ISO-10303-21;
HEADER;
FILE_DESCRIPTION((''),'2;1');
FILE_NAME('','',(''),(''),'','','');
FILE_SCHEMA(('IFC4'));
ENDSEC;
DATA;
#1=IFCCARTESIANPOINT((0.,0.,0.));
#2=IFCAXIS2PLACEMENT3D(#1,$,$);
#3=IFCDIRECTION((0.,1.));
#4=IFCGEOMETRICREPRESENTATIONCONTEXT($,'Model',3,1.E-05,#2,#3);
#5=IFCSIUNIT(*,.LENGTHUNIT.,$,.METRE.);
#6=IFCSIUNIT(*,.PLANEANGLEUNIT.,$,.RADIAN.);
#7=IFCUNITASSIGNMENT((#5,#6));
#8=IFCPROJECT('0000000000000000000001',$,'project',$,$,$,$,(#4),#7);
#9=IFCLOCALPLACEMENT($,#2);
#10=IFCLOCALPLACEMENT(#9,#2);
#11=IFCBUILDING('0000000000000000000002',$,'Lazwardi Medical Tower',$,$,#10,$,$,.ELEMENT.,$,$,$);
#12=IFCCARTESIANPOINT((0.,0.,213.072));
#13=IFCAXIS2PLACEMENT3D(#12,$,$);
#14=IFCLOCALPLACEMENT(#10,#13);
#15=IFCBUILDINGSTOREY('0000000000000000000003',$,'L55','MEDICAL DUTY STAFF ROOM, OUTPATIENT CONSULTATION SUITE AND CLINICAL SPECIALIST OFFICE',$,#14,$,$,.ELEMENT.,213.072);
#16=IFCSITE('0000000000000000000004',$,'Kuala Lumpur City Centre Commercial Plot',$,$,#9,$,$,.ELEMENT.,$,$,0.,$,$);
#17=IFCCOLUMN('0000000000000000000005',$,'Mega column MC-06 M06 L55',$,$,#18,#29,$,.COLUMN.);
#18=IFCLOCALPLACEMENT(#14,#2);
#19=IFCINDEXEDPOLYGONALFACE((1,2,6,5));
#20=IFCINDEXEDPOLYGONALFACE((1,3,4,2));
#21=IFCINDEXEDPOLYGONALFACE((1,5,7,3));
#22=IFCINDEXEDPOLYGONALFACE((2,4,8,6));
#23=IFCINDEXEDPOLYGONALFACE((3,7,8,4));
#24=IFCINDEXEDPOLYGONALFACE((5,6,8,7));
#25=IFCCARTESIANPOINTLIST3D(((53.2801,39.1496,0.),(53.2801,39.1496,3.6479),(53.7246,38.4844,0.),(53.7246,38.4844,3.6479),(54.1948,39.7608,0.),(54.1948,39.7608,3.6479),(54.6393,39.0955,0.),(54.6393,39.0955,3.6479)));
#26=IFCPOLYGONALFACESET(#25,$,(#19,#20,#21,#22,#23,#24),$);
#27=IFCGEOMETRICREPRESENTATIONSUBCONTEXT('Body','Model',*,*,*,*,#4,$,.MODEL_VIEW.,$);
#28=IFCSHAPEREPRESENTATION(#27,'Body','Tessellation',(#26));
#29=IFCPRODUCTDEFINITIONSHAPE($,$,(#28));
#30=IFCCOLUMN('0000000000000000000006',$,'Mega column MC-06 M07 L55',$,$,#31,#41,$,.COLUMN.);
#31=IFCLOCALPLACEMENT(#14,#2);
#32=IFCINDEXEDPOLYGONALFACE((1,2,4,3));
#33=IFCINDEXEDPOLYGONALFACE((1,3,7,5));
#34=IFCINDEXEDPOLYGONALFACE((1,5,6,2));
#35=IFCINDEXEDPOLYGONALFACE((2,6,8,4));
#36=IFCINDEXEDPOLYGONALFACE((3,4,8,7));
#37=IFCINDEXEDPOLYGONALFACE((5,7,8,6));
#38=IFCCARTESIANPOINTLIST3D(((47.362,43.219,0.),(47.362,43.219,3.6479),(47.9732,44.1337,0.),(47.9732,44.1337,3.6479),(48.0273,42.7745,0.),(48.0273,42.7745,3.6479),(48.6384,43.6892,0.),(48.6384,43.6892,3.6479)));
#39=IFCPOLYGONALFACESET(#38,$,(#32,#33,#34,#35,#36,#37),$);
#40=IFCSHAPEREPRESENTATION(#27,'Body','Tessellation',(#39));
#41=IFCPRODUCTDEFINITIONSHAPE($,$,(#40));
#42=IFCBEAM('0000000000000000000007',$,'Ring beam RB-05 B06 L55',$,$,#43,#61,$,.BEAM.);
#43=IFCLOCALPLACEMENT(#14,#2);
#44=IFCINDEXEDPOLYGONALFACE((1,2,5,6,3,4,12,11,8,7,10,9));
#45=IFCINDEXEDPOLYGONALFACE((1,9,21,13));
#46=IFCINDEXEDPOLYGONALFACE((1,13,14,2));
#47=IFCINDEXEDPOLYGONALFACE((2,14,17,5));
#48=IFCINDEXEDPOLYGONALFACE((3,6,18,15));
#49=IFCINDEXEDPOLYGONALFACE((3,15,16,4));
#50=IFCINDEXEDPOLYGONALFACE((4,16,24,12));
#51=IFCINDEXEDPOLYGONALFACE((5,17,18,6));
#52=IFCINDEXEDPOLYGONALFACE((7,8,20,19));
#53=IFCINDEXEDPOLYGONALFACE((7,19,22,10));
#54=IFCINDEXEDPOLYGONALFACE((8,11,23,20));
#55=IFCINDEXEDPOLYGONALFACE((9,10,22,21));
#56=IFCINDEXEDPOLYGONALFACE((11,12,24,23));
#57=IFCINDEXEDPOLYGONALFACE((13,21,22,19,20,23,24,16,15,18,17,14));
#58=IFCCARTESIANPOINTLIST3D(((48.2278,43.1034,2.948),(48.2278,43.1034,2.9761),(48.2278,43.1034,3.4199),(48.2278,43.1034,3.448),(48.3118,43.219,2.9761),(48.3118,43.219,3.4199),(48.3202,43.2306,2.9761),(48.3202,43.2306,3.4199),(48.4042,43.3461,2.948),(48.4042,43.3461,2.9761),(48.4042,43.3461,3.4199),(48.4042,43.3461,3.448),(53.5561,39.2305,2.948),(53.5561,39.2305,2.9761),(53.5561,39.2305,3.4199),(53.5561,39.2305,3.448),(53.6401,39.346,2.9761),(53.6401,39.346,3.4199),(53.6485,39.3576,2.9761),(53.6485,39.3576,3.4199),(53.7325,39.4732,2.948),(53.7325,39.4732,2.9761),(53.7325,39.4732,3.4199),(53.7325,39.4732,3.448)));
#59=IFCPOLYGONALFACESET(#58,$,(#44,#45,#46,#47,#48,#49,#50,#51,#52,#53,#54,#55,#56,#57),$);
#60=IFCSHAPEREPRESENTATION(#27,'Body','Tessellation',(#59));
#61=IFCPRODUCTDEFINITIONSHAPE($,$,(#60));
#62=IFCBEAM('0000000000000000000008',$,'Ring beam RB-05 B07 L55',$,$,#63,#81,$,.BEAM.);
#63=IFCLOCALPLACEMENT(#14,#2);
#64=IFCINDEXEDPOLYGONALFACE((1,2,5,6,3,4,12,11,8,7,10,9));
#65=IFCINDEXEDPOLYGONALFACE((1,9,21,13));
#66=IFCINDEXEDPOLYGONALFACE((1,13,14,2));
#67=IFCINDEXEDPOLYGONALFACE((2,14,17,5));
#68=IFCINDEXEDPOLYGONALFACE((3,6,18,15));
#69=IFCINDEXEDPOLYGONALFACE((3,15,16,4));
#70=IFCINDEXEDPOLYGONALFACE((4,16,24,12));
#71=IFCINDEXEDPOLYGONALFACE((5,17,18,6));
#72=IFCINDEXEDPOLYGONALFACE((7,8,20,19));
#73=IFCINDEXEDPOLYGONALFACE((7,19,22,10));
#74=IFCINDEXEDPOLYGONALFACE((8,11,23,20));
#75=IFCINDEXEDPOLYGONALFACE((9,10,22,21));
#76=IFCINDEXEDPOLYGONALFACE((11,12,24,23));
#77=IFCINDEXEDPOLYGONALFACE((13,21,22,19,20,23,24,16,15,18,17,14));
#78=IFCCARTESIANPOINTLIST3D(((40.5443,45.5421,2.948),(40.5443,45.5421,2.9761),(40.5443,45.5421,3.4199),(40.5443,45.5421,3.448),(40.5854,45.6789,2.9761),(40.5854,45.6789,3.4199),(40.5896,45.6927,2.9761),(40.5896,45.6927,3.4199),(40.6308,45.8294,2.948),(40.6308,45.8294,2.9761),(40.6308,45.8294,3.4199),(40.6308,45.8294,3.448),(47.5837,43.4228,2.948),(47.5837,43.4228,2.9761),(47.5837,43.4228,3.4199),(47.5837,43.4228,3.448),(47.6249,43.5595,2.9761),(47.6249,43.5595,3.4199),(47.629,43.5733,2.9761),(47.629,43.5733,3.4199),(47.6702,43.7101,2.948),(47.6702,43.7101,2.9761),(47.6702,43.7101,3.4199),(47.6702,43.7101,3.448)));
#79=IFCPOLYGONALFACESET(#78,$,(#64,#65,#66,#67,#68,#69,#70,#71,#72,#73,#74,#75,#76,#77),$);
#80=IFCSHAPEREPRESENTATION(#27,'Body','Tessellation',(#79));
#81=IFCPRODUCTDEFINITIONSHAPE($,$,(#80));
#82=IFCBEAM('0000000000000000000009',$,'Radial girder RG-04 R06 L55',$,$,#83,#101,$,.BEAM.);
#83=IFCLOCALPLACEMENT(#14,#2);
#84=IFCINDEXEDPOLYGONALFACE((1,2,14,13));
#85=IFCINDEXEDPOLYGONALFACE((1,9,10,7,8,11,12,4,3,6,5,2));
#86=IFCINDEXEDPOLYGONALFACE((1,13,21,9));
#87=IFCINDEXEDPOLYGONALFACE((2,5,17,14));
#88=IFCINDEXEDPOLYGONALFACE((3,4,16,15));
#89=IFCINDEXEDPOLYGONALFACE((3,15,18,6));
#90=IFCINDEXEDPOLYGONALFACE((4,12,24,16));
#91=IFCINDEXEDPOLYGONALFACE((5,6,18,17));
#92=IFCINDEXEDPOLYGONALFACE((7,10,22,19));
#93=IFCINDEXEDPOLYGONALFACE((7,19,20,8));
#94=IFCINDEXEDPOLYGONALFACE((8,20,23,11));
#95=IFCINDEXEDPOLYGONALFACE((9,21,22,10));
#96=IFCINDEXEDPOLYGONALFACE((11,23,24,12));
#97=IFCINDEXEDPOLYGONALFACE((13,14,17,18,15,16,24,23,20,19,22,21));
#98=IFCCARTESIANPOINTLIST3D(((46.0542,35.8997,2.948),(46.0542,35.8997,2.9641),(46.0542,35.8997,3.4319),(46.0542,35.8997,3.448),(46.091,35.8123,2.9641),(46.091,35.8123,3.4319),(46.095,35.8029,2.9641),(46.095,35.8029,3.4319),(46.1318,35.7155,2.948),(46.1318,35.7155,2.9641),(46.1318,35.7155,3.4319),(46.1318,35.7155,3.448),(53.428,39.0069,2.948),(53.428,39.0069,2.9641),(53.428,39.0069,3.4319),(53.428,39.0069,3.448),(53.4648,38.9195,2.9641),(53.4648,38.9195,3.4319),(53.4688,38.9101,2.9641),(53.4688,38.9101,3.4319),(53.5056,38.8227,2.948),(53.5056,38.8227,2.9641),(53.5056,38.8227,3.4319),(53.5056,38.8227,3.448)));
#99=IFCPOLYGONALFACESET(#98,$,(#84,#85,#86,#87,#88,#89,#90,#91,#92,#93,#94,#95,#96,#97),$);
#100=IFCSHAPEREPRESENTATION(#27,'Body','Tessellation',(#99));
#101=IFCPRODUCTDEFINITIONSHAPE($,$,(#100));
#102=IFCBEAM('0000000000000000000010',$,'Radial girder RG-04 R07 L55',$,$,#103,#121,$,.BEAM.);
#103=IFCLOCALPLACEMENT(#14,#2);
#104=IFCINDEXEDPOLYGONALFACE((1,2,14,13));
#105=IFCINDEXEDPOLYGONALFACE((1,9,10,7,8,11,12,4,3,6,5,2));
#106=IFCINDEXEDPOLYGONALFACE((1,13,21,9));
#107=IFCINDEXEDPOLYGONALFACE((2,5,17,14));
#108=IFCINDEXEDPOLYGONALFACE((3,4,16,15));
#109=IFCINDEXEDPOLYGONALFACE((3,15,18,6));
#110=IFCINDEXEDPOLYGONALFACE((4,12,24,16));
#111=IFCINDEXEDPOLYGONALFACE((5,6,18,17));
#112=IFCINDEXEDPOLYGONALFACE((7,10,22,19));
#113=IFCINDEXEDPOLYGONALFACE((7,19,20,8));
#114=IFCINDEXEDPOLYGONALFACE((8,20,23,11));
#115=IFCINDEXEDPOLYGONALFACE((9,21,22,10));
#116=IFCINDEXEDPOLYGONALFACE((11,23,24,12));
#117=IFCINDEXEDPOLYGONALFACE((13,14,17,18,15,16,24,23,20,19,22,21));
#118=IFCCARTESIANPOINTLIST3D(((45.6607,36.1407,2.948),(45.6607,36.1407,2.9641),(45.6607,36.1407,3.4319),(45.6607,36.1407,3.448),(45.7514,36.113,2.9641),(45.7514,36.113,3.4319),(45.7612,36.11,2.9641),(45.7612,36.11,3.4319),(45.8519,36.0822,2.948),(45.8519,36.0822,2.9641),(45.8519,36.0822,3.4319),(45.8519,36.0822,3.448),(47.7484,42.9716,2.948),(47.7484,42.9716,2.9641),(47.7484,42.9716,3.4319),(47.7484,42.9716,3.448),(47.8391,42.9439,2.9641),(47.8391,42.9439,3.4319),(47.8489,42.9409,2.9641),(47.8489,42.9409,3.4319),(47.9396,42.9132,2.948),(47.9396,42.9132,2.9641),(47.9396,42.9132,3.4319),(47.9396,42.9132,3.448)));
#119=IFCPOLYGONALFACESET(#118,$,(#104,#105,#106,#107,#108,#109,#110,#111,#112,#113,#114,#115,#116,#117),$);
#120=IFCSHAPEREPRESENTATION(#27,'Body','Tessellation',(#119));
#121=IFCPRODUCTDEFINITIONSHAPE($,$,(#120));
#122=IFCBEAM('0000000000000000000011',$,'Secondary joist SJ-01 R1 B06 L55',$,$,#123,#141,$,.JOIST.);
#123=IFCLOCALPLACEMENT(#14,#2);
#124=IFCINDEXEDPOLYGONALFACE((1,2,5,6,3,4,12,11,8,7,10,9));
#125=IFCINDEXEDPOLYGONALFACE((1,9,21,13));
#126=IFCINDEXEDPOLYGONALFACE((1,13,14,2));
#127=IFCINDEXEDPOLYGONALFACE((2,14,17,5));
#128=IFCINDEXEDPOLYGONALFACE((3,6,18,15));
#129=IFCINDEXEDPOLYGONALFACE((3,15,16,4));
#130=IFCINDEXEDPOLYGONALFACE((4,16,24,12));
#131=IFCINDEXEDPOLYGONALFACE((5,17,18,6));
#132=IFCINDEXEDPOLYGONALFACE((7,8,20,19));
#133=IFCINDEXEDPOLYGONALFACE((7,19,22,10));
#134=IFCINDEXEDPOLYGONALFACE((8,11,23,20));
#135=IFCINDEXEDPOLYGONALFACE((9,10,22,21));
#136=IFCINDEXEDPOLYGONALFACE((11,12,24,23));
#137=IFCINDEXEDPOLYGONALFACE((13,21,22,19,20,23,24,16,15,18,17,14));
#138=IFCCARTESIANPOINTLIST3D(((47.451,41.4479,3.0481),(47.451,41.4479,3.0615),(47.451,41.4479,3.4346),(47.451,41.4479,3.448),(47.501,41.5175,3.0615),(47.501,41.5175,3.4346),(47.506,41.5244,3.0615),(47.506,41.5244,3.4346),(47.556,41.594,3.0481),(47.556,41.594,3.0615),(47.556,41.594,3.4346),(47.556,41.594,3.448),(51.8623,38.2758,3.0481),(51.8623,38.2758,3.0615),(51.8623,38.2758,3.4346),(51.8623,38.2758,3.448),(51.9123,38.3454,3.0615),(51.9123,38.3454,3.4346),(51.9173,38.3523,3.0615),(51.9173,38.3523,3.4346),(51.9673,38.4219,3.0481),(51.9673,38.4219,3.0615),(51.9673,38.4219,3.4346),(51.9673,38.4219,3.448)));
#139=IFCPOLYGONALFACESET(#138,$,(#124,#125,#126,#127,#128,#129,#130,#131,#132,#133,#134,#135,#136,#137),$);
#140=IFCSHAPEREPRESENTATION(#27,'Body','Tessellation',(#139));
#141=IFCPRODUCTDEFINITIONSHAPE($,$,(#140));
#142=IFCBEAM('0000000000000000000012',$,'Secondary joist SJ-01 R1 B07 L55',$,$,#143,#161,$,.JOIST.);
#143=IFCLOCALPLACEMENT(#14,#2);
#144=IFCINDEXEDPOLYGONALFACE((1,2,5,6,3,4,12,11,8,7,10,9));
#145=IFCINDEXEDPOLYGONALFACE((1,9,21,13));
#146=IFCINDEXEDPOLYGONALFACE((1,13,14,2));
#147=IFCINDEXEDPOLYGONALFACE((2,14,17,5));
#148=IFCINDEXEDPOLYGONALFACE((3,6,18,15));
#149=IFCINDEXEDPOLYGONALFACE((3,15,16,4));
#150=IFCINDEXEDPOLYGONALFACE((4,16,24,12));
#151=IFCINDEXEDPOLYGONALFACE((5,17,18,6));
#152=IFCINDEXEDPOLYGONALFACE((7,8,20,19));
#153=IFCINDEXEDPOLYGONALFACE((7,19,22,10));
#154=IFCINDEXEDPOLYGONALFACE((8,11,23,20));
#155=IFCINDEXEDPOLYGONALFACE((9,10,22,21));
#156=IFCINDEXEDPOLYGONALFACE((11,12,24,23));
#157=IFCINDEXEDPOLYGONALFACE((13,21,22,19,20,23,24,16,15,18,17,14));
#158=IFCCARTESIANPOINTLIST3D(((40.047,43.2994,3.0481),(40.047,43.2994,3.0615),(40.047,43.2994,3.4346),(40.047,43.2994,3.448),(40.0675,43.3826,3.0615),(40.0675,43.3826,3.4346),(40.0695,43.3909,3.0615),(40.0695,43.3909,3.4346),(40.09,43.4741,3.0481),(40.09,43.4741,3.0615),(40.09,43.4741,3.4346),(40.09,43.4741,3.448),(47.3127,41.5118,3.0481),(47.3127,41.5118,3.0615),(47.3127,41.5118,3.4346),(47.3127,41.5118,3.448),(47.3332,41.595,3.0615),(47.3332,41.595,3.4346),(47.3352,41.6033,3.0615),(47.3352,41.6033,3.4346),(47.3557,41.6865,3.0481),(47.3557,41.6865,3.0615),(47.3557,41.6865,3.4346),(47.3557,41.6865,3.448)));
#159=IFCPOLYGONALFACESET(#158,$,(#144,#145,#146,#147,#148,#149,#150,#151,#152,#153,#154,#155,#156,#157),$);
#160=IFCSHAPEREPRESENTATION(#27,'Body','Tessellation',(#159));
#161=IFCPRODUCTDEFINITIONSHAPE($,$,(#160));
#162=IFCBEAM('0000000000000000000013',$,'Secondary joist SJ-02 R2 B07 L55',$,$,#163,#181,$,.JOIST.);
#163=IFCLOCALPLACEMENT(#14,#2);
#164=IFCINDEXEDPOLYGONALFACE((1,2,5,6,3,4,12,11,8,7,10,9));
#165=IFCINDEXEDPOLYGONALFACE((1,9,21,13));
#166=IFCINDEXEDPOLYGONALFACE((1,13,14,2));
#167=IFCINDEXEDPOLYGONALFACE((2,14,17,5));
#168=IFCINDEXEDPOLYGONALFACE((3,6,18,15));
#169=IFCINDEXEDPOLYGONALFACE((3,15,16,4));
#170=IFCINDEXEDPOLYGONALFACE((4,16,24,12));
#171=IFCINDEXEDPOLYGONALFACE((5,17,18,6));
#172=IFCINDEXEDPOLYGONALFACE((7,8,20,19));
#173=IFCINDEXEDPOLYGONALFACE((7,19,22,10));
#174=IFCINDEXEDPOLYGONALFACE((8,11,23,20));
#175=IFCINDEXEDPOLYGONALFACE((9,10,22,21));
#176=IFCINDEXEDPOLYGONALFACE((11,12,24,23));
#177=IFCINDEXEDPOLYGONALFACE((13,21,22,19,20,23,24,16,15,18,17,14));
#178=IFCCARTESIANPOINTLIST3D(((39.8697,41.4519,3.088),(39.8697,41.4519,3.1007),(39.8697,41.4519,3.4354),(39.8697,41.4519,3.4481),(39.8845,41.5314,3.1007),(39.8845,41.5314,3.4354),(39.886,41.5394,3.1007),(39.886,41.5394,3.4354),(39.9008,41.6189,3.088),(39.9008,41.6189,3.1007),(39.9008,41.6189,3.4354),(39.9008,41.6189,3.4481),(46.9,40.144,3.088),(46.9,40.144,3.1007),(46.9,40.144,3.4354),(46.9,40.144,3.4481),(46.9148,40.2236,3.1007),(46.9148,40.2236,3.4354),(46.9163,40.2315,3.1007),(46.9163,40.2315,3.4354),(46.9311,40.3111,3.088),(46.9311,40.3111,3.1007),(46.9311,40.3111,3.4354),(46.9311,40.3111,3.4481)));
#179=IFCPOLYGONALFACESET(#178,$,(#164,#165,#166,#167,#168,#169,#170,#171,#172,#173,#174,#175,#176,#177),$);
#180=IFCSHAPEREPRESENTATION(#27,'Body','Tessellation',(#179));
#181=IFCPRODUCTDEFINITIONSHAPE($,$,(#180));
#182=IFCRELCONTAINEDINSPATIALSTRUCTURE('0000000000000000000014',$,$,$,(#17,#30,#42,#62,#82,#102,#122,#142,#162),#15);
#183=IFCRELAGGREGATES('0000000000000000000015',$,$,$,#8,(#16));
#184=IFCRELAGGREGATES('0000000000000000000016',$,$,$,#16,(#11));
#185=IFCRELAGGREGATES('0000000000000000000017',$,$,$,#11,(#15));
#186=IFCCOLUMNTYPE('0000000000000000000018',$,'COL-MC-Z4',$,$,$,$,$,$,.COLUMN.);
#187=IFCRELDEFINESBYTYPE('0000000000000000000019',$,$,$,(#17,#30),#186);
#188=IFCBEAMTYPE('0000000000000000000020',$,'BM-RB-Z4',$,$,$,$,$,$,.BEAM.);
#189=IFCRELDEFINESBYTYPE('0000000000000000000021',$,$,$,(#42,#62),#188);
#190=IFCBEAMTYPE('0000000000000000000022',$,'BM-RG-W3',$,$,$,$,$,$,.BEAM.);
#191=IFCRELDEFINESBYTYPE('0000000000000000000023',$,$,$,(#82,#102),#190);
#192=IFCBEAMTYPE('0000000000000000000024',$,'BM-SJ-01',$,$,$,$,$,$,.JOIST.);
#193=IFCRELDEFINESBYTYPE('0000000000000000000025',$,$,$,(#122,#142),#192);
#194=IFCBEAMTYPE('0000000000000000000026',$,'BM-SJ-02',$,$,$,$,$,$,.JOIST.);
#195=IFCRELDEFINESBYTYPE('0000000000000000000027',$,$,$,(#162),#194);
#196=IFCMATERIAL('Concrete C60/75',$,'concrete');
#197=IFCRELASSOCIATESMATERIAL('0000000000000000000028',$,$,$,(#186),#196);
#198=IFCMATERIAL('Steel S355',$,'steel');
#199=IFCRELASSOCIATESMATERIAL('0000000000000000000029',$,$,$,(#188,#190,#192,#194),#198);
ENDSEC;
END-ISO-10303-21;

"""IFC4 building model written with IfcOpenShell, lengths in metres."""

from ifc_helpers import new_model, si_unit, direction, frame, origin, origin_2d, place, context, subcontext, project, spatial, rectangle, i_section, extrude, material, material_profile, profile_set, type_object, element, save


model = new_model("IFC4")

# Units and contexts
model_context = context("Model", 3, precision=1e-05, world=origin(), true_north=direction((0.0, 1.0)))
body_context = subcontext(model_context, "Body", "Model", "MODEL_VIEW")
ifc_project = project(units=[si_unit("LENGTHUNIT", "METRE"), si_unit("PLANEANGLEUNIT", "RADIAN")], contexts=[model_context])

# Site, building, storey
site_placement = place(None, origin())
site = spatial("IfcSite", under=ifc_project, at=site_placement, Name="Kuala Lumpur City Centre Commercial Plot", CompositionType="ELEMENT", RefElevation=0.0)
building_placement = place(site_placement, origin())
building = spatial("IfcBuilding", under=site, at=building_placement, Name="Lazwardi Medical Tower", CompositionType="ELEMENT")
storey_placement = place(building_placement, frame((0.0, 0.0, 213.072)))
storey = spatial("IfcBuildingStorey", under=building, at=storey_placement, Name="L55", Description="MEDICAL DUTY STAFF ROOM, OUTPATIENT CONSULTATION SUITE AND CLINICAL SPECIALIST OFFICE", CompositionType="ELEMENT", Elevation=213.072)

# Columns
ifc_material_1 = material(Name="Concrete C60/75", Category="concrete")
ifc_material_profile_1 = material_profile(ifc_material_1, rectangle(XDim=1.1001, YDim=0.8, at=origin_2d()), Name="CFT-RECT 1100x800")
ifc_profile_set_1 = profile_set([ifc_material_profile_1], Name="Concrete C60/75")
column_type = type_object("IfcColumnType", Name="COL-MC-Z4", PredefinedType="COLUMN", material=ifc_profile_set_1)
for number, where, z_axis, x_axis, name in (
    (1, (53.9597, 39.1226, 0.0), (0.0, 0.0, 1.0), (0.83147, 0.55557, 0.0), "Mega column MC-06 M06 L55"),
    (2, (48.0002, 43.4541, 0.0), (0.0, 0.0, 1.0), (0.55557, 0.83147, 0.0), "Mega column MC-06 M07 L55"),
):
    element("IfcColumn", number, at=place(storey_placement, frame(where, z_axis=z_axis, x_axis=x_axis)), inside=storey, type_object=column_type, Name=name, PredefinedType="COLUMN", context=body_context, shape_type="SweptSolid", body=[
        extrude(rectangle(XDim=1.1001, YDim=0.8, at=origin_2d()), origin(), (0.0, 0.0, 1.0), 3.6479),
    ])

# Beams
ifc_material_2 = material(Name="Steel S355", Category="steel")
ifc_material_profile_2 = material_profile(ifc_material_2, i_section(OverallWidth=0.3, OverallDepth=0.5, WebThickness=0.0144, FlangeThickness=0.0281, at=origin_2d()), Name="HEB 500")
ifc_profile_set_2 = profile_set([ifc_material_profile_2], Name="Steel S355")
beam_type_1 = type_object("IfcBeamType", Name="BM-RB-Z4", PredefinedType="BEAM", material=ifc_profile_set_2)
beam_1_placement = place(storey_placement, frame((53.6443, 39.3518, 3.198), z_axis=(-0.80889, 0.58796, 0.0), x_axis=(-0.58796, -0.80889, 0.0)))
element("IfcBeam", 3, at=beam_1_placement, inside=storey, type_object=beam_type_1, Name="Ring beam RB-05 B06 L55", PredefinedType="BEAM", context=body_context, shape_type="SweptSolid", body=[
    extrude(i_section(OverallWidth=0.3, OverallDepth=0.5, WebThickness=0.0144, FlangeThickness=0.0281, at=origin_2d()), origin(), (0.0, 0.0, 1.0), 6.5872),
])
beam_2_placement = place(storey_placement, frame((47.627, 43.5664, 3.198), z_axis=(-0.957544, 0.288286, 0.0), x_axis=(-0.288286, -0.957544, 0.0)))
element("IfcBeam", 4, at=beam_2_placement, inside=storey, type_object=beam_type_1, Name="Ring beam RB-05 B07 L55", PredefinedType="BEAM", context=body_context, shape_type="SweptSolid", body=[
    extrude(i_section(OverallWidth=0.3, OverallDepth=0.5, WebThickness=0.0144, FlangeThickness=0.0281, at=origin_2d()), origin(), (0.0, 0.0, 1.0), 7.3516),
])
ifc_material_profile_3 = material_profile(ifc_material_2, i_section(OverallWidth=0.2, OverallDepth=0.5, WebThickness=0.0103, FlangeThickness=0.0161, at=origin_2d()), Name="IPE 500")
ifc_profile_set_3 = profile_set([ifc_material_profile_3], Name="Steel S355")
beam_type_2 = type_object("IfcBeamType", Name="BM-RG-W3", PredefinedType="BEAM", material=ifc_profile_set_3)
beam_3_placement = place(storey_placement, frame((53.4668, 38.9148, 3.198), z_axis=(-0.921527, -0.388315, 0.0), x_axis=(0.388315, -0.921527, 0.0)))
element("IfcBeam", 5, at=beam_3_placement, inside=storey, type_object=beam_type_2, Name="Radial girder RG-04 R06 L55", PredefinedType="BEAM", context=body_context, shape_type="SweptSolid", body=[
    extrude(i_section(OverallWidth=0.2, OverallDepth=0.5, WebThickness=0.0103, FlangeThickness=0.0161, at=origin_2d()), origin(), (0.0, 0.0, 1.0), 8.0017),
])
beam_4_placement = place(storey_placement, frame((47.844, 42.9424, 3.198), z_axis=(-0.292277, -0.956334, 0.0), x_axis=(0.956334, -0.292277, 0.0)))
element("IfcBeam", 6, at=beam_4_placement, inside=storey, type_object=beam_type_2, Name="Radial girder RG-04 R07 L55", PredefinedType="BEAM", context=body_context, shape_type="SweptSolid", body=[
    extrude(i_section(OverallWidth=0.2, OverallDepth=0.5, WebThickness=0.0103, FlangeThickness=0.0161, at=origin_2d()), origin(), (0.0, 0.0, 1.0), 7.1428),
])
ifc_material_profile_4 = material_profile(ifc_material_2, i_section(OverallWidth=0.1799, OverallDepth=0.3999, WebThickness=0.0085, FlangeThickness=0.0134, at=origin_2d()), Name="IPE 400")
ifc_profile_set_4 = profile_set([ifc_material_profile_4], Name="Steel S355")
beam_type_3 = type_object("IfcBeamType", Name="BM-SJ-01", PredefinedType="JOIST", material=ifc_profile_set_4)
beam_5_placement = place(storey_placement, frame((51.9148, 38.3489, 3.248), z_axis=(-0.81189, 0.583811, 0.0), x_axis=(-0.583811, -0.81189, 0.0)))
element("IfcBeam", 7, at=beam_5_placement, inside=storey, type_object=beam_type_3, Name="Secondary joist SJ-01 R1 B06 L55", PredefinedType="JOIST", context=body_context, shape_type="SweptSolid", body=[
    extrude(i_section(OverallWidth=0.1799, OverallDepth=0.3999, WebThickness=0.0085, FlangeThickness=0.0134, at=origin_2d()), origin(), (0.0, 0.0, 1.0), 5.4333),
])
beam_6_placement = place(storey_placement, frame((47.3342, 41.5991, 3.248), z_axis=(-0.971042, 0.23891, 0.0), x_axis=(-0.23891, -0.971042, 0.0)))
element("IfcBeam", 8, at=beam_6_placement, inside=storey, type_object=beam_type_3, Name="Secondary joist SJ-01 R1 B07 L55", PredefinedType="JOIST", context=body_context, shape_type="SweptSolid", body=[
    extrude(i_section(OverallWidth=0.1799, OverallDepth=0.3999, WebThickness=0.0085, FlangeThickness=0.0134, at=origin_2d()), origin(), (0.0, 0.0, 1.0), 7.4824),
])
ifc_material_profile_5 = material_profile(ifc_material_2, i_section(OverallWidth=0.1699, OverallDepth=0.3601, WebThickness=0.0081, FlangeThickness=0.0127, at=origin_2d()), Name="IPE 360")
ifc_profile_set_5 = profile_set([ifc_material_profile_5], Name="Steel S355")
beam_type_4 = type_object("IfcBeamType", Name="BM-SJ-02", PredefinedType="JOIST", material=ifc_profile_set_5)
beam_7_placement = place(storey_placement, frame((46.9155, 40.2275, 3.2681), z_axis=(-0.983132, 0.182895, 0.0), x_axis=(-0.182895, -0.983132, 0.0)))
element("IfcBeam", 9, at=beam_7_placement, inside=storey, type_object=beam_type_4, Name="Secondary joist SJ-02 R2 B07 L55", PredefinedType="JOIST", context=body_context, shape_type="SweptSolid", body=[
    extrude(i_section(OverallWidth=0.1699, OverallDepth=0.3601, WebThickness=0.0081, FlangeThickness=0.0127, at=origin_2d()), origin(), (0.0, 0.0, 1.0), 7.1509),
])

save(model, "model.ifc")
